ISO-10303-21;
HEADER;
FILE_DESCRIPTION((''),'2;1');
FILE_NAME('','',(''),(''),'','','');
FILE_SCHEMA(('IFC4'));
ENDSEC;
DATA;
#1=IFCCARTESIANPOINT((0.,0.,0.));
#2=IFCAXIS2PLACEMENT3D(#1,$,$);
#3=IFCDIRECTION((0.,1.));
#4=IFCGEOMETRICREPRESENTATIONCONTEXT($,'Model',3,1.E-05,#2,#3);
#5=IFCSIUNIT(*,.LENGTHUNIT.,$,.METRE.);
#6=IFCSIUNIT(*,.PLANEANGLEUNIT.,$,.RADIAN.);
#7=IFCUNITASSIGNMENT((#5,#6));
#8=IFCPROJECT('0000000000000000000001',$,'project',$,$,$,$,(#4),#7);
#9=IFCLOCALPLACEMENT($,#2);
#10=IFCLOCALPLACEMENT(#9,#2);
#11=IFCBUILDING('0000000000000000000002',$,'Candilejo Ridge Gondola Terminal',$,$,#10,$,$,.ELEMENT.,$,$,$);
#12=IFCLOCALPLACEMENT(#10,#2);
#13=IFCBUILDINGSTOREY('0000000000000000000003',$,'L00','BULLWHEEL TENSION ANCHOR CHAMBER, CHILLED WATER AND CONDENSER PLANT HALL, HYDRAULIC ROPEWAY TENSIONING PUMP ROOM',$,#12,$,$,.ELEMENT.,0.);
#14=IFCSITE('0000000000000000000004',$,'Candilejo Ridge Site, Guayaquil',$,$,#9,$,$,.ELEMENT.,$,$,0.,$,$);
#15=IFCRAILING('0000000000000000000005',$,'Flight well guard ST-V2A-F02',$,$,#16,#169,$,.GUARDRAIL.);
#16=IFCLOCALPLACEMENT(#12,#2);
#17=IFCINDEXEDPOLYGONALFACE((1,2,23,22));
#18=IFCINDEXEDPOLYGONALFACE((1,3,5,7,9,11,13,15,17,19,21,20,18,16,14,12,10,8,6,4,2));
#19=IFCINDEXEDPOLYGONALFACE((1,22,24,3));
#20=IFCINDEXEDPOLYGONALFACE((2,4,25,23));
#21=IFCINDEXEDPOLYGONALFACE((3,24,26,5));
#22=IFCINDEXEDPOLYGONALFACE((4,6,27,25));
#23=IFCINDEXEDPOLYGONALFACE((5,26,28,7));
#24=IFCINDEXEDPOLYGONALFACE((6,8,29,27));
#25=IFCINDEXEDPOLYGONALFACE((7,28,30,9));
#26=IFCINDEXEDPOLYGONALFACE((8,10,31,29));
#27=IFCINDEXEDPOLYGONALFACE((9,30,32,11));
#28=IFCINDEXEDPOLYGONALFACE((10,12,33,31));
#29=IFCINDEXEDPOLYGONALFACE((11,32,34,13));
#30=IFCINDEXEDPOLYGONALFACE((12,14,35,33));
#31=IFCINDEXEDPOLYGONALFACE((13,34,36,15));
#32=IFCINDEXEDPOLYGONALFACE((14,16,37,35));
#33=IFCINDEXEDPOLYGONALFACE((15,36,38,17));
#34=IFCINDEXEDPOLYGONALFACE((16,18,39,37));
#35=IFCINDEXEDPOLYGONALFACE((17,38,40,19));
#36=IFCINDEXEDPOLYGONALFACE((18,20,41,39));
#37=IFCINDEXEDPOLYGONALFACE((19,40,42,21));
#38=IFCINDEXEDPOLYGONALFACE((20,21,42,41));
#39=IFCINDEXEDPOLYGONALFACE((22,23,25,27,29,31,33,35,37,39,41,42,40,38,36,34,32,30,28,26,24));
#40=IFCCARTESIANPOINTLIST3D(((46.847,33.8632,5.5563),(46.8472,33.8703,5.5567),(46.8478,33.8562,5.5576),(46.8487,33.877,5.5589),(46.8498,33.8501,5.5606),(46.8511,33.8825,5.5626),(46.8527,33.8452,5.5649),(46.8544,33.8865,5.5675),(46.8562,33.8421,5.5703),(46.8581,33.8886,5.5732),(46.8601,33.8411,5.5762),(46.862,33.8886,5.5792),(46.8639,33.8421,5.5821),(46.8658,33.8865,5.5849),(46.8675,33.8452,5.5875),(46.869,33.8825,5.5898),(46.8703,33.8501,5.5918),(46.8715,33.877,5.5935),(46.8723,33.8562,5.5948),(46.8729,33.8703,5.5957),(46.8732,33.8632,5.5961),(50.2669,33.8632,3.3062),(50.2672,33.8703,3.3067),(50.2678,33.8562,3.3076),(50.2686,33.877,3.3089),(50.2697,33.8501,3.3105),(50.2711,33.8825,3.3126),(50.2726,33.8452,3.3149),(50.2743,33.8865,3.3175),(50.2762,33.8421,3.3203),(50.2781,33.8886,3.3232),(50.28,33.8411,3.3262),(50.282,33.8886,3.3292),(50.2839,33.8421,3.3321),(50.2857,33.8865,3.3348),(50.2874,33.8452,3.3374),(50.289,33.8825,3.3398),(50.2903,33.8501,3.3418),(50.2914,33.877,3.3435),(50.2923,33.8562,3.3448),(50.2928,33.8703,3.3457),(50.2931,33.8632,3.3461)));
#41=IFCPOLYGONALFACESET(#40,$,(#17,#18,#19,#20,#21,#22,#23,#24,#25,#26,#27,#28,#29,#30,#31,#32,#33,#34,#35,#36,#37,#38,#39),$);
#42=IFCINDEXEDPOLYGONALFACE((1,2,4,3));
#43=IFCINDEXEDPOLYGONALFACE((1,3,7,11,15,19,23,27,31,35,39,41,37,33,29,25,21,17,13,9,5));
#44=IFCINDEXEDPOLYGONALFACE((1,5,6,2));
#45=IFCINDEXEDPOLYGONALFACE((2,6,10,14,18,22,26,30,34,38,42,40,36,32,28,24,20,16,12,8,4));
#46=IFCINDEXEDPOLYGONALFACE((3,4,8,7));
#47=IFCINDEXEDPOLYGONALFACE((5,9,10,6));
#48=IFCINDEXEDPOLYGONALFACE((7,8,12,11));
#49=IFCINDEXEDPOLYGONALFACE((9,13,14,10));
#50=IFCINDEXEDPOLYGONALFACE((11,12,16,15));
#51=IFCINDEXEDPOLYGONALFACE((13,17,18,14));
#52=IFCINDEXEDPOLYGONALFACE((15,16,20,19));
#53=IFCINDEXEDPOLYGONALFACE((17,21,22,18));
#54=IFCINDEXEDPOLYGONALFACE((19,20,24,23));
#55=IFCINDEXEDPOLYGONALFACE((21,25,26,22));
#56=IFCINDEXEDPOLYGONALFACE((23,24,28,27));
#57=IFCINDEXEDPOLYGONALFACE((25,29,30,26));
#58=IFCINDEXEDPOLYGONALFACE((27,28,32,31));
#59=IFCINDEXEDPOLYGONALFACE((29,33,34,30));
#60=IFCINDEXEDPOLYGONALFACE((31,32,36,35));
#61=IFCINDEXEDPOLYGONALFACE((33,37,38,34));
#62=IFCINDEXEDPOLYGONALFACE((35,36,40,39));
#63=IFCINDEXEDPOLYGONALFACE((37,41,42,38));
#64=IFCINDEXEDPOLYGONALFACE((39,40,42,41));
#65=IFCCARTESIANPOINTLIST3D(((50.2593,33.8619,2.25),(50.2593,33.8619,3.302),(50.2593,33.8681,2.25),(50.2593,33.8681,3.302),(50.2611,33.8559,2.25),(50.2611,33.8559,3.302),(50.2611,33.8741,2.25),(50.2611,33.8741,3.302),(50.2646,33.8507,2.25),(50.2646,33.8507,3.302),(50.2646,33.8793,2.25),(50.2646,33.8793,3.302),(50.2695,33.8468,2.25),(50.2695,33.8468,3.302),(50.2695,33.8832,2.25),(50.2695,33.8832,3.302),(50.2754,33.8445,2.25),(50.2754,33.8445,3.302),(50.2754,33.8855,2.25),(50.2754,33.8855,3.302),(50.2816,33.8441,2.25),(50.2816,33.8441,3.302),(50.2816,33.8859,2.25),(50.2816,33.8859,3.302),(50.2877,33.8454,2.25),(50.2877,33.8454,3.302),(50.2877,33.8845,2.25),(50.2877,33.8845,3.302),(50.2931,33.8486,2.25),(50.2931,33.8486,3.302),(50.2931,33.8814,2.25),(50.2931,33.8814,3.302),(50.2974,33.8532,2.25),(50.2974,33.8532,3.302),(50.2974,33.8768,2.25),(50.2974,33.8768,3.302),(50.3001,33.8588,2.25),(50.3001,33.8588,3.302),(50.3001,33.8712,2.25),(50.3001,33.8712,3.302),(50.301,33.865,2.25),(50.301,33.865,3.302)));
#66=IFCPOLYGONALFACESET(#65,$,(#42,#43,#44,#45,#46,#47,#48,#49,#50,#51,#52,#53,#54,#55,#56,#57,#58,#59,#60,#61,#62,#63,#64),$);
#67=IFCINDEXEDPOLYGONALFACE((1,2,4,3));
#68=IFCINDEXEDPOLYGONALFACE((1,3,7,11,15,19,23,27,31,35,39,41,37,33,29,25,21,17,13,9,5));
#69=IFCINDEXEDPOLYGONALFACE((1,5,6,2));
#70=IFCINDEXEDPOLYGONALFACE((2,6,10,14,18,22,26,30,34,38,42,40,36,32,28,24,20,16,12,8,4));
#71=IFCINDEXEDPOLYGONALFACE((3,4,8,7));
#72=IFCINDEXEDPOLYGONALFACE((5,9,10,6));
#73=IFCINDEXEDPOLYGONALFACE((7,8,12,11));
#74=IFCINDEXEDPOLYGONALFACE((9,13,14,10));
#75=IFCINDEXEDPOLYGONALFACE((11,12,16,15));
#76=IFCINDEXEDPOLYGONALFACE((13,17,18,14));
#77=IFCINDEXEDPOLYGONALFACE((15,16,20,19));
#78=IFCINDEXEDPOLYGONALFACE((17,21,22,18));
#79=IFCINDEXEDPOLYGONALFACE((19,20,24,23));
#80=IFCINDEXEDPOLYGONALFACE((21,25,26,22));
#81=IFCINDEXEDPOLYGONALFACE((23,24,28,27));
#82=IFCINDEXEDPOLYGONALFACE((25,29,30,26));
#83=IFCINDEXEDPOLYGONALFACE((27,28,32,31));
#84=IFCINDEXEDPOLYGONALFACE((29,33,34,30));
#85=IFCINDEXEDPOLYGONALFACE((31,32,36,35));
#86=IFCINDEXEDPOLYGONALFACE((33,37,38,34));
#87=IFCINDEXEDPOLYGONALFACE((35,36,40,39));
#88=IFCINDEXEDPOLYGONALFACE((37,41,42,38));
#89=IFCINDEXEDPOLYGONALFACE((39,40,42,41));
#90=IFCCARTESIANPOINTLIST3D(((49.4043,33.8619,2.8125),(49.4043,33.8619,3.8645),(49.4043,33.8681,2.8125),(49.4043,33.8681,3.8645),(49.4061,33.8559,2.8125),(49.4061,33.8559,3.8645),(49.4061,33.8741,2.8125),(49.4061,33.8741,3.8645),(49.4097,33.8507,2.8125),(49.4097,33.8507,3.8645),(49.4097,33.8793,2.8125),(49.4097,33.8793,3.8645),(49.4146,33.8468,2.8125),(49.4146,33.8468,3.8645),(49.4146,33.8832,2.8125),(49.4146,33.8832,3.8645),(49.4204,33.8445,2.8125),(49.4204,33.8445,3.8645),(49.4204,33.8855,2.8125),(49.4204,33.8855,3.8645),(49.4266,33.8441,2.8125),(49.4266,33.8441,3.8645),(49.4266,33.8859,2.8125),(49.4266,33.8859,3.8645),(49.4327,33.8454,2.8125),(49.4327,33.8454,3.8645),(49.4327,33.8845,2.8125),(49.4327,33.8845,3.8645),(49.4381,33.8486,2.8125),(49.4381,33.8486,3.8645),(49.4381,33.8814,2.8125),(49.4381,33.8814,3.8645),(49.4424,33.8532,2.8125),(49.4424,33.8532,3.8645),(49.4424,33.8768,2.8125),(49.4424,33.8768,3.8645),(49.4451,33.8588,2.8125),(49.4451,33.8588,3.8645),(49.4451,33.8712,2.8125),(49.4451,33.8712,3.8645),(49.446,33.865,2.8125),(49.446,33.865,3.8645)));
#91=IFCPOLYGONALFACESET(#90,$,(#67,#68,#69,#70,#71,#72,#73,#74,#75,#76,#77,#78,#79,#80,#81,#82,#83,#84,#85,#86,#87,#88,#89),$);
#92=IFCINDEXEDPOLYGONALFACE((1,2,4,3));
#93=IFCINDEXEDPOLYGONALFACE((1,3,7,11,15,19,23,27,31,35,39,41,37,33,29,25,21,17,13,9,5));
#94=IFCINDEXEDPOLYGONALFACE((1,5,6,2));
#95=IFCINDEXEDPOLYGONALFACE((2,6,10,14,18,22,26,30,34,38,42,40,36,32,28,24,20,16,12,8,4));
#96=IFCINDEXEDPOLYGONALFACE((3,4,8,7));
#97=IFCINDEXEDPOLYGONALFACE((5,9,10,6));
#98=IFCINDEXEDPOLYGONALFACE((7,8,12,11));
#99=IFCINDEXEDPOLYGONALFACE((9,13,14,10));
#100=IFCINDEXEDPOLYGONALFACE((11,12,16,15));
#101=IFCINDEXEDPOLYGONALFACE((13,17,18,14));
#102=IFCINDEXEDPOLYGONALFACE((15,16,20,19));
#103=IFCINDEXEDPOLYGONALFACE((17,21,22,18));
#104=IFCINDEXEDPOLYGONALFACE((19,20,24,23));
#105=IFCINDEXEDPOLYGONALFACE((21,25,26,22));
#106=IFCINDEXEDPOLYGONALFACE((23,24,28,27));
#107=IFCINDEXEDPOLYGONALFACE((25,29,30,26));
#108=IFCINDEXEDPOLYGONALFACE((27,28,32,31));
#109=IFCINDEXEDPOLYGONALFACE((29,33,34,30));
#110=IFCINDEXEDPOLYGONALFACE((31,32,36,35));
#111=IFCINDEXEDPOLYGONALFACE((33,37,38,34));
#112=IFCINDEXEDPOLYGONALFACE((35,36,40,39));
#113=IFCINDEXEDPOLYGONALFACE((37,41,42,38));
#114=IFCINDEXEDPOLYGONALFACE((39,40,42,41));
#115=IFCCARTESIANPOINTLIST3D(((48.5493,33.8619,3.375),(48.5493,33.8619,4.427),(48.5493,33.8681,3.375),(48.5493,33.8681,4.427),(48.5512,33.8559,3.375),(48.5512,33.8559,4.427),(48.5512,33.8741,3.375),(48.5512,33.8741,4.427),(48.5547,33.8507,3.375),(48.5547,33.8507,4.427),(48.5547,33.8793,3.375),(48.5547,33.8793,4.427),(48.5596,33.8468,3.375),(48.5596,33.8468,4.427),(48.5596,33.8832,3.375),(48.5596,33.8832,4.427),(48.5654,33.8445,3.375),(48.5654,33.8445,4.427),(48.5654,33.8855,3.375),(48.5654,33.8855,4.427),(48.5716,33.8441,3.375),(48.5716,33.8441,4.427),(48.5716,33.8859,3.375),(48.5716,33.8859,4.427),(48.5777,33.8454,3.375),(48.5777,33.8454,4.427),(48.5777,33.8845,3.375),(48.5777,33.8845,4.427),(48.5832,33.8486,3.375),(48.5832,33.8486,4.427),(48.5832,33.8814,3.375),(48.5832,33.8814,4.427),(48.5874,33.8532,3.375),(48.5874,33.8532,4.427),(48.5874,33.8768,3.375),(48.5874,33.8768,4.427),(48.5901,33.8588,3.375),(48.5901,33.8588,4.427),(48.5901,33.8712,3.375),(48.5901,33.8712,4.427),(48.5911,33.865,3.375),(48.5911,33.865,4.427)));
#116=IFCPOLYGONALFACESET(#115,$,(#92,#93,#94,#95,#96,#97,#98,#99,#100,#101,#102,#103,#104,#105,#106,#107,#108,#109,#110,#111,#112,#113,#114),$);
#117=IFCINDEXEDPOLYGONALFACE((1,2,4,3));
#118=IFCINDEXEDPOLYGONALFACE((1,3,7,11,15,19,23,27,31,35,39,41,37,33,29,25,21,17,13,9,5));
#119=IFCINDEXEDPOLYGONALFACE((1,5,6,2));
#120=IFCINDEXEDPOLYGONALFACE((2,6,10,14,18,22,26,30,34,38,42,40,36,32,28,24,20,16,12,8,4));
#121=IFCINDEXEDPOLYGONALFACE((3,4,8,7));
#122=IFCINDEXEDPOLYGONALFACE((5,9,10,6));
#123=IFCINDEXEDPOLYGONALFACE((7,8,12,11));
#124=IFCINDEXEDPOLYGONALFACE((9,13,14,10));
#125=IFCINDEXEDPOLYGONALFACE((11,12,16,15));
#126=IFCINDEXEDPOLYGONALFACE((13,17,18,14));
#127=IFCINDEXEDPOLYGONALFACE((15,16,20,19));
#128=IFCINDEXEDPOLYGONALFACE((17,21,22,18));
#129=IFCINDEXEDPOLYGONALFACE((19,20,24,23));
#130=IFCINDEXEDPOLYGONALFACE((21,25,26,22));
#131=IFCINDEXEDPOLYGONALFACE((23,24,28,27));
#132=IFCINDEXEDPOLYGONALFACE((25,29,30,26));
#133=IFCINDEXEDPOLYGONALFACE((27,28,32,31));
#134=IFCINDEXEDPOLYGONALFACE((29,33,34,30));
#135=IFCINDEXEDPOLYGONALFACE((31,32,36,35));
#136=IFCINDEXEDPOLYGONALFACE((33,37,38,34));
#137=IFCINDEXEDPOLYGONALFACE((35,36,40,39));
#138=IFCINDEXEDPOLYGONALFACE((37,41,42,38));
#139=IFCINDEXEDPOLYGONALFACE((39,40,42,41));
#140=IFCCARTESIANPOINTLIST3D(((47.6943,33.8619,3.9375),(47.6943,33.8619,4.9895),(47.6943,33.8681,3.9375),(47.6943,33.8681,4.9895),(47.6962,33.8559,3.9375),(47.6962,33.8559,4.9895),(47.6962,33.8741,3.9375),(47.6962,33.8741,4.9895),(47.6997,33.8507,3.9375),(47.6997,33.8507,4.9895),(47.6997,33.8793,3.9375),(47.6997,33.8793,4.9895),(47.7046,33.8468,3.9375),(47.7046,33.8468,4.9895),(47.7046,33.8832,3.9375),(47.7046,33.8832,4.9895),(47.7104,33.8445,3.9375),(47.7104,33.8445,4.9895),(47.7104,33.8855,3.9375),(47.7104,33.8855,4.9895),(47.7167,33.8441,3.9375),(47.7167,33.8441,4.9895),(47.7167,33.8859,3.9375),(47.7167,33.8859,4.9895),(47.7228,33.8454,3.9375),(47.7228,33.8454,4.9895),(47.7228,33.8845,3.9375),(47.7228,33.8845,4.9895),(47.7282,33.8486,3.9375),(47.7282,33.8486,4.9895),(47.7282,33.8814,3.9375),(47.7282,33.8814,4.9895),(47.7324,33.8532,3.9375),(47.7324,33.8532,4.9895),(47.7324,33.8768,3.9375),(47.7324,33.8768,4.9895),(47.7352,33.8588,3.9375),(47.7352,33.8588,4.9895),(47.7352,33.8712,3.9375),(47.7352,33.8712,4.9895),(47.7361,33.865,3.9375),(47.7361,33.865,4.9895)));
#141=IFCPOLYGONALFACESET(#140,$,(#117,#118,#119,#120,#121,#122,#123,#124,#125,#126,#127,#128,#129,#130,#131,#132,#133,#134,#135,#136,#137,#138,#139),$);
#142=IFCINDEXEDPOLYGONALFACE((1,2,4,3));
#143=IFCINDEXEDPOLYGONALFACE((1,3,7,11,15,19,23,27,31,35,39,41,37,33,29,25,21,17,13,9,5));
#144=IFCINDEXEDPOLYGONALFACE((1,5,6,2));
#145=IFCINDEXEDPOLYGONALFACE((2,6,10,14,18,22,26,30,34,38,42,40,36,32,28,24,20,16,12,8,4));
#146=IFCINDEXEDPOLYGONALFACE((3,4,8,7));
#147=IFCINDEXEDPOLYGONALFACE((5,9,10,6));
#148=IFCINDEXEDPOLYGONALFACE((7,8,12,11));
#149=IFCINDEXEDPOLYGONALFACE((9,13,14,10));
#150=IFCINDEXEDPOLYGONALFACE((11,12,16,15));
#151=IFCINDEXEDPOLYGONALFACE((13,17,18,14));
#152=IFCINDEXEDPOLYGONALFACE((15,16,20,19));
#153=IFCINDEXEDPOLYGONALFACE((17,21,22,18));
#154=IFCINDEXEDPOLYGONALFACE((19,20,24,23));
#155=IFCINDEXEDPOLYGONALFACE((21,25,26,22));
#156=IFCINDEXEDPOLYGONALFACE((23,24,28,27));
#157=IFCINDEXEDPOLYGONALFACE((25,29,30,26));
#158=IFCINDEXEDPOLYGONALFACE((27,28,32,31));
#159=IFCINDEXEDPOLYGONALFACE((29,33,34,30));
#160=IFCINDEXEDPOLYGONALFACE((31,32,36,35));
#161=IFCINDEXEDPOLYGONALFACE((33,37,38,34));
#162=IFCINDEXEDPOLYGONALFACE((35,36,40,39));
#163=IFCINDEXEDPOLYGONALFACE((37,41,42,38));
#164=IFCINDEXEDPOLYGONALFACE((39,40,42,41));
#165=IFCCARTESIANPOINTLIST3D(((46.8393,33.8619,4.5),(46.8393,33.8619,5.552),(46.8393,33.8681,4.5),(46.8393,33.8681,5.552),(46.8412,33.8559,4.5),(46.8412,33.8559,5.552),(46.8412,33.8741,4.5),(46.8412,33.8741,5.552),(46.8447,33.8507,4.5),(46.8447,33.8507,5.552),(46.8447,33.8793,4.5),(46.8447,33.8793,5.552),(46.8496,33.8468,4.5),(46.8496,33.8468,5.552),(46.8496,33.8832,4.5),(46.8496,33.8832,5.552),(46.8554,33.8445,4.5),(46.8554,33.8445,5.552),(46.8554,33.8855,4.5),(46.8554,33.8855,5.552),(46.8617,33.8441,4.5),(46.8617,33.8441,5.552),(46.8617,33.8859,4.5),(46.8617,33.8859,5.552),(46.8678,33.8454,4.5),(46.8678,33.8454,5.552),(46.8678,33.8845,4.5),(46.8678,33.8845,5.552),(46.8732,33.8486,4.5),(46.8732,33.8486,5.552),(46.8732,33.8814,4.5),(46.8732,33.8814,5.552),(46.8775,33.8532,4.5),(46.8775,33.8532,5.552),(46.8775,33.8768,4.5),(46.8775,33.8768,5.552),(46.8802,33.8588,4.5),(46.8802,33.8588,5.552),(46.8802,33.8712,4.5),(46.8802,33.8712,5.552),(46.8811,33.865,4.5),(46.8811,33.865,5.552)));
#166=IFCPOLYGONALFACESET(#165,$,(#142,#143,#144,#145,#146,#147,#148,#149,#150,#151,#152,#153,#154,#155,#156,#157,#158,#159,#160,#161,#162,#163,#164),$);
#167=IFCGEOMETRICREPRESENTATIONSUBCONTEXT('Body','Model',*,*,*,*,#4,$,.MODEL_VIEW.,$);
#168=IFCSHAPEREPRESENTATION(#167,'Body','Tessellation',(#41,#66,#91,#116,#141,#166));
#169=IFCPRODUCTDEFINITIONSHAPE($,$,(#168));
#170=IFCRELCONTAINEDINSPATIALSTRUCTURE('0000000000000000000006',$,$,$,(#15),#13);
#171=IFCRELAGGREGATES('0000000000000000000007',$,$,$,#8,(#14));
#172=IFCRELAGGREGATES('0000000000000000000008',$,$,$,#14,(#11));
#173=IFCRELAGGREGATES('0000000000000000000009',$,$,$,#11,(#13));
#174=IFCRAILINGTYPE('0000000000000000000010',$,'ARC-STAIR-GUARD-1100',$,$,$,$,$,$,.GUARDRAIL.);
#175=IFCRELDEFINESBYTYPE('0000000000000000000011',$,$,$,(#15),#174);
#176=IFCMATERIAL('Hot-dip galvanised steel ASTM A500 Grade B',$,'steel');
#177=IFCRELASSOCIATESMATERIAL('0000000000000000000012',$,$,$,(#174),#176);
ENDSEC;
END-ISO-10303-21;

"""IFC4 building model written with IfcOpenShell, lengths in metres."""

from ifc_helpers import new_model, si_unit, direction, frame, origin, origin_2d, place, context, subcontext, project, spatial, circle, extrude, material, type_object, element, save


model = new_model("IFC4")

# Units and contexts
model_context = context("Model", 3, precision=1e-05, world=origin(), true_north=direction((0.0, 1.0)))
body_context = subcontext(model_context, "Body", "Model", "MODEL_VIEW")
ifc_project = project(units=[si_unit("LENGTHUNIT", "METRE"), si_unit("PLANEANGLEUNIT", "RADIAN")], contexts=[model_context])

# Site, building, storey
site_placement = place(None, origin())
site = spatial("IfcSite", under=ifc_project, at=site_placement, Name="Candilejo Ridge Site, Guayaquil", CompositionType="ELEMENT", RefElevation=0.0)
building_placement = place(site_placement, origin())
building = spatial("IfcBuilding", under=site, at=building_placement, Name="Candilejo Ridge Gondola Terminal", CompositionType="ELEMENT")
storey_placement = place(building_placement, origin())
storey = spatial("IfcBuildingStorey", under=building, at=storey_placement, Name="L00", Description="BULLWHEEL TENSION ANCHOR CHAMBER, CHILLED WATER AND CONDENSER PLANT HALL, HYDRAULIC ROPEWAY TENSIONING PUMP ROOM", CompositionType="ELEMENT", Elevation=0.0)

# Railing
ifc_material_1 = material(Name="Hot-dip galvanised steel ASTM A500 Grade B", Category="steel")
railing_type_1 = type_object("IfcRailingType", Name="ARC-STAIR-GUARD-1100", PredefinedType="GUARDRAIL", material=ifc_material_1)
railing_1_placement = place(storey_placement, frame((50.28, 33.865, 2.25)))
element("IfcRailing", 1, at=railing_1_placement, inside=storey, type_object=railing_type_1, Name="Flight well guard ST-V2A-F02", PredefinedType="GUARDRAIL", context=body_context, shape_type="SweptSolid", body=[
    extrude(circle(Radius=0.0239, at=origin_2d()), frame((0.0, 0.0, 1.0762), z_axis=(-0.835411, 0.0, 0.549625), x_axis=(0.0, -1.0, 0.0)), (0.0, 0.0, 1.0), 4.0938),
    extrude(circle(Radius=0.021, at=origin_2d()), origin(), (0.0, 0.0, 1.0), 1.052),
    extrude(circle(Radius=0.021, at=origin_2d()), frame((-0.855, 0.0, 0.5625)), (0.0, 0.0, 1.0), 1.052),
    extrude(circle(Radius=0.021, at=origin_2d()), frame((-1.71, 0.0, 1.125)), (0.0, 0.0, 1.0), 1.052),
    extrude(circle(Radius=0.021, at=origin_2d()), frame((-2.5649, 0.0, 1.6875)), (0.0, 0.0, 1.0), 1.052),
    extrude(circle(Radius=0.021, at=origin_2d()), frame((-3.4199, 0.0, 2.25)), (0.0, 0.0, 1.0), 1.052),
])

save(model, "model.ifc")
